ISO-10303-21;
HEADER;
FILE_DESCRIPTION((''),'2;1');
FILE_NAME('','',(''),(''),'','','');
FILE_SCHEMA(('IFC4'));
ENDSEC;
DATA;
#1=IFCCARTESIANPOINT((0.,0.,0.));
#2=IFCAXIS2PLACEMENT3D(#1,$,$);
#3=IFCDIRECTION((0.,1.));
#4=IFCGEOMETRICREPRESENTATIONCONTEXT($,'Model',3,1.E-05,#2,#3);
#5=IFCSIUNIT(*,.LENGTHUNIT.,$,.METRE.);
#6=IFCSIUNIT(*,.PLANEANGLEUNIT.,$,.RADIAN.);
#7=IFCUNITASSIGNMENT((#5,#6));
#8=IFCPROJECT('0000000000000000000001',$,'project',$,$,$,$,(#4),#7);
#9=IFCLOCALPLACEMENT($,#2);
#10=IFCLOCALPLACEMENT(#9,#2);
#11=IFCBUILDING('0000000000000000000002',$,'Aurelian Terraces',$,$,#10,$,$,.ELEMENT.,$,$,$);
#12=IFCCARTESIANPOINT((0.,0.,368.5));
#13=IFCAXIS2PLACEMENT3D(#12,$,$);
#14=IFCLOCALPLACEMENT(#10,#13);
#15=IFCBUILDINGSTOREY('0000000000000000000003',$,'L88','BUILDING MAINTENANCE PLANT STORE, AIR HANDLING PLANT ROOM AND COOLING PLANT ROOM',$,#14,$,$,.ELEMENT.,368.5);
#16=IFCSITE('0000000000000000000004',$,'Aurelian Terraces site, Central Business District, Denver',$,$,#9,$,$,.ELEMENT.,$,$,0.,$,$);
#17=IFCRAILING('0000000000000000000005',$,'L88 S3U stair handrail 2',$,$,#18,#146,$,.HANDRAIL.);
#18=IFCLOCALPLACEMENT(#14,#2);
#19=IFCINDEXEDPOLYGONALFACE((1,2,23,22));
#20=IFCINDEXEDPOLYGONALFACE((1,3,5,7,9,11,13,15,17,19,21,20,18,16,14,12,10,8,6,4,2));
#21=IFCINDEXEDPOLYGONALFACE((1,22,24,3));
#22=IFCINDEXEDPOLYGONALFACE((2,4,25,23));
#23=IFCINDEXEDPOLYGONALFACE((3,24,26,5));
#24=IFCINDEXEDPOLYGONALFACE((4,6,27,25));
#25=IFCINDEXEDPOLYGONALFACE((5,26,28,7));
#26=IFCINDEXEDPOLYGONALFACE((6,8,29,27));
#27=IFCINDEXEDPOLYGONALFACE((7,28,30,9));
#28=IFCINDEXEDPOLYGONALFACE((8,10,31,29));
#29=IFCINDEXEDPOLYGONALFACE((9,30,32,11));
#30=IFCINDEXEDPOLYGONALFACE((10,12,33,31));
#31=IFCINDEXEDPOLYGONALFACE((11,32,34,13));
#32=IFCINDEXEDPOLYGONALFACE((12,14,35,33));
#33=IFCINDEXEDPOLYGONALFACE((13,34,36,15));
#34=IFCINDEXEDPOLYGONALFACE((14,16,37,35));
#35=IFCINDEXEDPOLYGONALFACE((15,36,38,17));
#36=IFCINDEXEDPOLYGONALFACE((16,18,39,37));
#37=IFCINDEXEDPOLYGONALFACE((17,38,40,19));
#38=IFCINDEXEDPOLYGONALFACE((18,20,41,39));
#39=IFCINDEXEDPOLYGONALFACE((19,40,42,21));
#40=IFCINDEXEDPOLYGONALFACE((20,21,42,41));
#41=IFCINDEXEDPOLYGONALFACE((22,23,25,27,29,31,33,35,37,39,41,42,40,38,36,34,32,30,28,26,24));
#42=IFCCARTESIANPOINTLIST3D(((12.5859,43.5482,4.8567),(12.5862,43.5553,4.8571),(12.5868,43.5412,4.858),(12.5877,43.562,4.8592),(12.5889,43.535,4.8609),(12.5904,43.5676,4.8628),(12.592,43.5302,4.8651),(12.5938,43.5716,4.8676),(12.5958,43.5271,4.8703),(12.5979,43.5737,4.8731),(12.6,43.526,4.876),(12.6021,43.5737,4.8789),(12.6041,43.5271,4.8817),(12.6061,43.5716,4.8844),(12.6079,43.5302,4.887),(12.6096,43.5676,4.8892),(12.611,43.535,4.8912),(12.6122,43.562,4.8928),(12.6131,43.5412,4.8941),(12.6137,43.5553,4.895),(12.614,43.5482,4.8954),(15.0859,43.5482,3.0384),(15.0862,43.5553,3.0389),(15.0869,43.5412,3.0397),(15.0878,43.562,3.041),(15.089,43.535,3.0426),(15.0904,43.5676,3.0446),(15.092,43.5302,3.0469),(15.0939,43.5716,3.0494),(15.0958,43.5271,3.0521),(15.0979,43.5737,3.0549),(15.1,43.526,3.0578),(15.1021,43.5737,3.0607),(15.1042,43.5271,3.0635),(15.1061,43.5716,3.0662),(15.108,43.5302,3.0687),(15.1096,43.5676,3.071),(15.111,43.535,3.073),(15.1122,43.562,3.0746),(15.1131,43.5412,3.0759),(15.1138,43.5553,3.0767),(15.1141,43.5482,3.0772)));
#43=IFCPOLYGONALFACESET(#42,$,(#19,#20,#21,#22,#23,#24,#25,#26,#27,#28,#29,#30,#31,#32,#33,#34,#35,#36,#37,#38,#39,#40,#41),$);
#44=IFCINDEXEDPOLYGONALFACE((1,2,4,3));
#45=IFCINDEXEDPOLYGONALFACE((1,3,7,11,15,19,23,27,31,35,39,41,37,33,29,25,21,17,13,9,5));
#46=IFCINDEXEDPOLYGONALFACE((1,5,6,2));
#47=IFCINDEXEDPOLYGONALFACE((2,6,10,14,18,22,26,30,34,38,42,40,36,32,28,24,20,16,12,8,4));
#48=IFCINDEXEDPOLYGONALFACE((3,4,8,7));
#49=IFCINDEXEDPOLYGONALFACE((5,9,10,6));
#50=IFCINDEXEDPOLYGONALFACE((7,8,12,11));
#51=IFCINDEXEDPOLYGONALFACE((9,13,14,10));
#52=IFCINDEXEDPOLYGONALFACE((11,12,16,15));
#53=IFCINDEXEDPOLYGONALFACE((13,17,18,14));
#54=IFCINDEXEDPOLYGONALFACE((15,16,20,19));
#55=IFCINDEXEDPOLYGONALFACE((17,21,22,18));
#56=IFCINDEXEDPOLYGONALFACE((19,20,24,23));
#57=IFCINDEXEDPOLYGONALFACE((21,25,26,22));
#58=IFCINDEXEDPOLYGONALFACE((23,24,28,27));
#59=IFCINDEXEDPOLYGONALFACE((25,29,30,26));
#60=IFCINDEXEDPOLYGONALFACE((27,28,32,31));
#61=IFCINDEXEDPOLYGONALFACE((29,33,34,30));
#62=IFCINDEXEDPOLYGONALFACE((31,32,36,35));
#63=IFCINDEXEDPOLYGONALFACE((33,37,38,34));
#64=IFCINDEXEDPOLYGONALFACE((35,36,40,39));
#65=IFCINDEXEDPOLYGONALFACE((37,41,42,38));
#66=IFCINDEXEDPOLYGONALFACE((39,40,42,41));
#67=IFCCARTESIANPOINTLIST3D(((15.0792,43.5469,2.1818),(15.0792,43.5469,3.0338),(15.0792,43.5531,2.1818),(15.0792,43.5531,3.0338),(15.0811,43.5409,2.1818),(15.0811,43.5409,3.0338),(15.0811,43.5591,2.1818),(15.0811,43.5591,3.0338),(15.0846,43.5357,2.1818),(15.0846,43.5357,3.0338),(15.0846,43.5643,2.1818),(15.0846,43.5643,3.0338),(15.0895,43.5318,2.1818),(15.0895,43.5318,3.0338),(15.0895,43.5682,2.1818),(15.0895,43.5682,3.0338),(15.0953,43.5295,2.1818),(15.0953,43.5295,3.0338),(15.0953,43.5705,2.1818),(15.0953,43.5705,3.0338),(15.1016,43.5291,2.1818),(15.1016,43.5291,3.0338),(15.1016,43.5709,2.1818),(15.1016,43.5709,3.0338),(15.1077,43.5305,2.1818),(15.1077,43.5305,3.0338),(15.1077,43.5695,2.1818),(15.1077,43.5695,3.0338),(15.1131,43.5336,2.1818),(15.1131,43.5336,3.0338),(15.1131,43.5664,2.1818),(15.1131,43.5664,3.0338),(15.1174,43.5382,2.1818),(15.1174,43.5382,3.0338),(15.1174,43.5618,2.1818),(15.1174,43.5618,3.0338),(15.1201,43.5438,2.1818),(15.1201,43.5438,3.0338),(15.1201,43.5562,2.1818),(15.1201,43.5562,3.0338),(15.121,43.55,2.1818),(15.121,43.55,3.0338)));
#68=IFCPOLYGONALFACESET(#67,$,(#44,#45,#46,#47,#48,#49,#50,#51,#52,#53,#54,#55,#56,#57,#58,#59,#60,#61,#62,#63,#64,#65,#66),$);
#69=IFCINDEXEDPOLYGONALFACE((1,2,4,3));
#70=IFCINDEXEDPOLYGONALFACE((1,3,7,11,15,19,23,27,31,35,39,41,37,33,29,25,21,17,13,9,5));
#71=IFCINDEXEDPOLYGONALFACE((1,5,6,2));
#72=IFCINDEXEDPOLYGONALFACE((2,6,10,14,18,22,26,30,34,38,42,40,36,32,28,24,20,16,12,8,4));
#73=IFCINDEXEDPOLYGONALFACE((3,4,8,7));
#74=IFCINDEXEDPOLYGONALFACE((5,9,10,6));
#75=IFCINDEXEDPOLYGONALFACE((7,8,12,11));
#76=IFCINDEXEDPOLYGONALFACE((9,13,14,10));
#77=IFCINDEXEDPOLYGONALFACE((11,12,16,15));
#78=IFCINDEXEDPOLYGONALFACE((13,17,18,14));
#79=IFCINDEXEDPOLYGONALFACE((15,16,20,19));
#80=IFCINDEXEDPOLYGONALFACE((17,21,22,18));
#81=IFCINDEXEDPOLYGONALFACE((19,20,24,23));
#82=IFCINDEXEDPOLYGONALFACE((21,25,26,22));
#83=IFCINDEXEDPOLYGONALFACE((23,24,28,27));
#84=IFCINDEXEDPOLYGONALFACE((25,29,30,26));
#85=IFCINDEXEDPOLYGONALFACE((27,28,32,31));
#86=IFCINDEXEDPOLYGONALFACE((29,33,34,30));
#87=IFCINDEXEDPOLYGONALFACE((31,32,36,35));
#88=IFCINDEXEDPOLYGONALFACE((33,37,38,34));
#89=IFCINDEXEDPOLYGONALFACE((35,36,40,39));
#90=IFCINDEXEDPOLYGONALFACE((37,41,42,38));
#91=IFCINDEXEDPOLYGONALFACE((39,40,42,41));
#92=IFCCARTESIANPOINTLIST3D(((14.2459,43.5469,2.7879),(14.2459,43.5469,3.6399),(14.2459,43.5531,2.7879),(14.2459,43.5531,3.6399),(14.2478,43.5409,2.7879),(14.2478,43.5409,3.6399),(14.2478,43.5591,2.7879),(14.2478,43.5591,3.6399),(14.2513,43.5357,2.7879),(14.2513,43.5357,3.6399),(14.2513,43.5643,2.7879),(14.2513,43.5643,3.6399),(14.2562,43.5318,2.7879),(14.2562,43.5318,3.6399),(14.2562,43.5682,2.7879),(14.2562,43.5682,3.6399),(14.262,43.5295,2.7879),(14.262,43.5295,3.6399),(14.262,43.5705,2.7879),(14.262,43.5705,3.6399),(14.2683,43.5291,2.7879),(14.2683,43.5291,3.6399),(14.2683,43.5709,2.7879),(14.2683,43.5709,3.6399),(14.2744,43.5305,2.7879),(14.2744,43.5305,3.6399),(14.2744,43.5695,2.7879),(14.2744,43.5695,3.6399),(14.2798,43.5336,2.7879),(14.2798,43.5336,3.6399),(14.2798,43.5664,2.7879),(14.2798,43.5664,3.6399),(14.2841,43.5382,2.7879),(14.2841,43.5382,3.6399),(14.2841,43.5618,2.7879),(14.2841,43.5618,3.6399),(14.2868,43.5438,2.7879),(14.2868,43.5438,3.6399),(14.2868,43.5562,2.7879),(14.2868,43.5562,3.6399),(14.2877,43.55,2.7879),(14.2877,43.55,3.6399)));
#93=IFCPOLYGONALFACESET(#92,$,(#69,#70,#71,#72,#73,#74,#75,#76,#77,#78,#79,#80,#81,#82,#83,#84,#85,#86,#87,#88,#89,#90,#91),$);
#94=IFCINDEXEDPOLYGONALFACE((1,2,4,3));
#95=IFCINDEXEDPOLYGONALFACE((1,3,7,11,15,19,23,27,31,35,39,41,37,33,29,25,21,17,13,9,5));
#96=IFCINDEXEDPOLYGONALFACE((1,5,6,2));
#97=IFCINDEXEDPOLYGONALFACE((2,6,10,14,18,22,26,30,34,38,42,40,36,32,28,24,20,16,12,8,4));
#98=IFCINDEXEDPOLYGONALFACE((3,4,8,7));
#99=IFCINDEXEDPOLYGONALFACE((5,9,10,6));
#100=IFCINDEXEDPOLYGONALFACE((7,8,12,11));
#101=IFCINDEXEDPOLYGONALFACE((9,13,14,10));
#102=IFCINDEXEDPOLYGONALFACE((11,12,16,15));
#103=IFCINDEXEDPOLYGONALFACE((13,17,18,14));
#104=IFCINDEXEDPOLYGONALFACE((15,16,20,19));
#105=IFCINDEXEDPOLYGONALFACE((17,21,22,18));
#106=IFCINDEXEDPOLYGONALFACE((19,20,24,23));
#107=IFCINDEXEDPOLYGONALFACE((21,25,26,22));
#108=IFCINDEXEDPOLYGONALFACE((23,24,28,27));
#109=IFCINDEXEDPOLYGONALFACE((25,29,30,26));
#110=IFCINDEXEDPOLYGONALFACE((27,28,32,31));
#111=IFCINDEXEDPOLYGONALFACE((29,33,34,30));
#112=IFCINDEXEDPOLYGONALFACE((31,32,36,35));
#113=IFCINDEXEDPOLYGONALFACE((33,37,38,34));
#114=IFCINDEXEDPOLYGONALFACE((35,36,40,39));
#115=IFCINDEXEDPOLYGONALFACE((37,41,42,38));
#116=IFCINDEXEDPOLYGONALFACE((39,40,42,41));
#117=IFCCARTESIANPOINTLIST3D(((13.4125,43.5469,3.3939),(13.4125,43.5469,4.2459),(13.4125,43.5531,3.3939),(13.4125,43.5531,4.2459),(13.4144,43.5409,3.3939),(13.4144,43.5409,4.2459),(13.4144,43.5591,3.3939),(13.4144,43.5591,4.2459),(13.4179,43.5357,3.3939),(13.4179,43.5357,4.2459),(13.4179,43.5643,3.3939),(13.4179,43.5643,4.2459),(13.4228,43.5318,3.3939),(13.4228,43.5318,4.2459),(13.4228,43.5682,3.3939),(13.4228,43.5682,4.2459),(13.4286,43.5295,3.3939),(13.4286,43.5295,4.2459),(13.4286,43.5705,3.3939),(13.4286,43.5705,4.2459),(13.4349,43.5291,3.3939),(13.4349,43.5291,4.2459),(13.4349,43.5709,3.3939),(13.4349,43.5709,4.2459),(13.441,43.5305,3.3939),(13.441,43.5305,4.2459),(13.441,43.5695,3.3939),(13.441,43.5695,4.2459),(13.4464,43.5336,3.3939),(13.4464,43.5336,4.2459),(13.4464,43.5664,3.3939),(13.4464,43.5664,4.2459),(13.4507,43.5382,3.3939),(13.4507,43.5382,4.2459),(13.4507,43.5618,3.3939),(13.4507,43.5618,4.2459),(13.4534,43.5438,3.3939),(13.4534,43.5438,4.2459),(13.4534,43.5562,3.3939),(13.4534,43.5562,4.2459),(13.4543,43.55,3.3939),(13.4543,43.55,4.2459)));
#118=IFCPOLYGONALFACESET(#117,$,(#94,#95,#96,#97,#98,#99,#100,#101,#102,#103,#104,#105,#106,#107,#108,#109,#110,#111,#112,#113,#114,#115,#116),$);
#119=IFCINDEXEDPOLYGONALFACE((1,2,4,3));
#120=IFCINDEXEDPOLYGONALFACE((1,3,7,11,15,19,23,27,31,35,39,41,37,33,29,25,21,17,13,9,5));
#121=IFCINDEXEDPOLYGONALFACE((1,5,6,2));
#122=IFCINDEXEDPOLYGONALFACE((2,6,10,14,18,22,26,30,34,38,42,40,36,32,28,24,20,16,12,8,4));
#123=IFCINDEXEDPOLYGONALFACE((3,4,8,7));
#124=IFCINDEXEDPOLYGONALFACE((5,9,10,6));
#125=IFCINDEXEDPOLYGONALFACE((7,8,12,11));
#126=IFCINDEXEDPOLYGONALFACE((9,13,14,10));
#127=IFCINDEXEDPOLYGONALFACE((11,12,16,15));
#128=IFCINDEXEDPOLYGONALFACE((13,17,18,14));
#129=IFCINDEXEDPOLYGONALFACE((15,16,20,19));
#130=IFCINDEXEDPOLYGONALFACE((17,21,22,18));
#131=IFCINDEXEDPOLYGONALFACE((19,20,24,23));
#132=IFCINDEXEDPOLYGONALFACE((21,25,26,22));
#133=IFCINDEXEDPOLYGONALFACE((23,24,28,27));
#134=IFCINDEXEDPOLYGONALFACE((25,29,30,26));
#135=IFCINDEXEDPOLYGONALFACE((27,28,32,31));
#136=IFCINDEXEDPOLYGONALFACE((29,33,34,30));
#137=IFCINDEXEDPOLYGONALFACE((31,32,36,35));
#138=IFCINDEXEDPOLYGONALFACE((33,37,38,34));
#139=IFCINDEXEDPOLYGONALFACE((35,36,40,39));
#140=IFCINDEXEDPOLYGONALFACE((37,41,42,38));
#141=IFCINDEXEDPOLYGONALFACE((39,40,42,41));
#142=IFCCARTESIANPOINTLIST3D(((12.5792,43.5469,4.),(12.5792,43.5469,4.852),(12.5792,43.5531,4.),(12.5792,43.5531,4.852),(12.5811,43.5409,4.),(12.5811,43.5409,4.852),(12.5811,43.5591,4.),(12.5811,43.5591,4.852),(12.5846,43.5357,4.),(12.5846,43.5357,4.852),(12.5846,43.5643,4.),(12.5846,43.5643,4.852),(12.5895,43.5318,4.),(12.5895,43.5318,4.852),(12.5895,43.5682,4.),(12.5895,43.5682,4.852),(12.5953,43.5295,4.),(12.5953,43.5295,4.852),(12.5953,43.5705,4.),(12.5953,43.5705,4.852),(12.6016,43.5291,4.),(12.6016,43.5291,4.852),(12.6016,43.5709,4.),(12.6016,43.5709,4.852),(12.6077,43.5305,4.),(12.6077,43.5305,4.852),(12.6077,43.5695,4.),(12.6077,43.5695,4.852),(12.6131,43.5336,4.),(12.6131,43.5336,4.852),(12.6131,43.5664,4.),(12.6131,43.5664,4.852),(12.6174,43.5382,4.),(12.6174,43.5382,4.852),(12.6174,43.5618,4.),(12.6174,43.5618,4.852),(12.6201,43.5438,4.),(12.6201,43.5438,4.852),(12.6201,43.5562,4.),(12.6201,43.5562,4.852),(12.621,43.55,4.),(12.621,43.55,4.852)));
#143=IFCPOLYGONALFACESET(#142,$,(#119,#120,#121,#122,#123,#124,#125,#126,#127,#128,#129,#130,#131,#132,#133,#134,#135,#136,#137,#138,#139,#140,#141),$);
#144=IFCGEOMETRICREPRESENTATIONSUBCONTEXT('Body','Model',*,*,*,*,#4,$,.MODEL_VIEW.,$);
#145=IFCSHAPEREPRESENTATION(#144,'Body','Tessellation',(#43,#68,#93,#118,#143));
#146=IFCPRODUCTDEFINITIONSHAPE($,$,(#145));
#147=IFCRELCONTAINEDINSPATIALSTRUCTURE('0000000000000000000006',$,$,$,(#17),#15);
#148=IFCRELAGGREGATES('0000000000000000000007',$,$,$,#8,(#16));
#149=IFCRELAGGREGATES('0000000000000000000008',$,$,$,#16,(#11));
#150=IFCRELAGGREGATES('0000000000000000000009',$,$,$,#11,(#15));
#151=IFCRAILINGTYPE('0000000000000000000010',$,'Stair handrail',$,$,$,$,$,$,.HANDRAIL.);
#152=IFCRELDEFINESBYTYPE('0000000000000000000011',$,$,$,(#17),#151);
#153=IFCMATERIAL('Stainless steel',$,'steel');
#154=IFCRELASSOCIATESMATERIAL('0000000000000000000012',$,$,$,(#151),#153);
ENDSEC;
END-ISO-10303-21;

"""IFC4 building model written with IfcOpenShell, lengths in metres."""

from ifc_helpers import new_model, si_unit, direction, frame, origin, origin_2d, place, context, subcontext, project, spatial, circle, extrude, source, transform, mapped, material, type_object, element, save


model = new_model("IFC4")

# Units and contexts
model_context = context("Model", 3, precision=1e-05, world=origin(), true_north=direction((0.0, 1.0)))
body_context = subcontext(model_context, "Body", "Model", "MODEL_VIEW")
ifc_project = project(units=[si_unit("LENGTHUNIT", "METRE"), si_unit("PLANEANGLEUNIT", "RADIAN")], contexts=[model_context])

# Site, building, storey
site_placement = place(None, origin())
site = spatial("IfcSite", under=ifc_project, at=site_placement, Name="Aurelian Terraces site, Central Business District, Denver", CompositionType="ELEMENT", RefElevation=0.0)
building_placement = place(site_placement, origin())
building = spatial("IfcBuilding", under=site, at=building_placement, Name="Aurelian Terraces", CompositionType="ELEMENT")
storey_placement = place(building_placement, frame((0.0, 0.0, 368.5)))
storey = spatial("IfcBuildingStorey", under=building, at=storey_placement, Name="L88", Description="BUILDING MAINTENANCE PLANT STORE, AIR HANDLING PLANT ROOM AND COOLING PLANT ROOM", CompositionType="ELEMENT", Elevation=368.5)

# Railing
ifc_material_1 = material(Name="Stainless steel", Category="steel")
railing_type_1 = type_object("IfcRailingType", Name="Stair handrail", PredefinedType="HANDRAIL", material=ifc_material_1)
shared_shape_1 = source(origin(), body_context, "Body", "SweptSolid", [
    extrude(circle(Radius=0.024, at=origin_2d()), frame((0.0, 0.0, 0.876), z_axis=(-0.808733, 0.0, 0.588176), x_axis=(0.0, -1.0, 0.0)), (0.0, 0.0, 1.0), 3.0913),
    extrude(circle(Radius=0.021, at=origin_2d()), origin(), (0.0, 0.0, 1.0), 0.852),
    extrude(circle(Radius=0.021, at=origin_2d()), frame((-0.8333, 0.0, 0.6061)), (0.0, 0.0, 1.0), 0.852),
    extrude(circle(Radius=0.021, at=origin_2d()), frame((-1.6667, 0.0, 1.2121)), (0.0, 0.0, 1.0), 0.852),
    extrude(circle(Radius=0.021, at=origin_2d()), frame((-2.5, 0.0, 1.8182)), (0.0, 0.0, 1.0), 0.852),
])
railing_1_placement = place(storey_placement, frame((15.1, 43.55, 2.1818)))
element("IfcRailing", 1, at=railing_1_placement, inside=storey, type_object=railing_type_1, Name="L88 S3U stair handrail 2", PredefinedType="HANDRAIL", context=body_context, shape_type="MappedRepresentation", body=[
    mapped(shared_shape_1, transform((0.0, 0.0, 0.0), scale=1.0)),
])

save(model, "model.ifc")
